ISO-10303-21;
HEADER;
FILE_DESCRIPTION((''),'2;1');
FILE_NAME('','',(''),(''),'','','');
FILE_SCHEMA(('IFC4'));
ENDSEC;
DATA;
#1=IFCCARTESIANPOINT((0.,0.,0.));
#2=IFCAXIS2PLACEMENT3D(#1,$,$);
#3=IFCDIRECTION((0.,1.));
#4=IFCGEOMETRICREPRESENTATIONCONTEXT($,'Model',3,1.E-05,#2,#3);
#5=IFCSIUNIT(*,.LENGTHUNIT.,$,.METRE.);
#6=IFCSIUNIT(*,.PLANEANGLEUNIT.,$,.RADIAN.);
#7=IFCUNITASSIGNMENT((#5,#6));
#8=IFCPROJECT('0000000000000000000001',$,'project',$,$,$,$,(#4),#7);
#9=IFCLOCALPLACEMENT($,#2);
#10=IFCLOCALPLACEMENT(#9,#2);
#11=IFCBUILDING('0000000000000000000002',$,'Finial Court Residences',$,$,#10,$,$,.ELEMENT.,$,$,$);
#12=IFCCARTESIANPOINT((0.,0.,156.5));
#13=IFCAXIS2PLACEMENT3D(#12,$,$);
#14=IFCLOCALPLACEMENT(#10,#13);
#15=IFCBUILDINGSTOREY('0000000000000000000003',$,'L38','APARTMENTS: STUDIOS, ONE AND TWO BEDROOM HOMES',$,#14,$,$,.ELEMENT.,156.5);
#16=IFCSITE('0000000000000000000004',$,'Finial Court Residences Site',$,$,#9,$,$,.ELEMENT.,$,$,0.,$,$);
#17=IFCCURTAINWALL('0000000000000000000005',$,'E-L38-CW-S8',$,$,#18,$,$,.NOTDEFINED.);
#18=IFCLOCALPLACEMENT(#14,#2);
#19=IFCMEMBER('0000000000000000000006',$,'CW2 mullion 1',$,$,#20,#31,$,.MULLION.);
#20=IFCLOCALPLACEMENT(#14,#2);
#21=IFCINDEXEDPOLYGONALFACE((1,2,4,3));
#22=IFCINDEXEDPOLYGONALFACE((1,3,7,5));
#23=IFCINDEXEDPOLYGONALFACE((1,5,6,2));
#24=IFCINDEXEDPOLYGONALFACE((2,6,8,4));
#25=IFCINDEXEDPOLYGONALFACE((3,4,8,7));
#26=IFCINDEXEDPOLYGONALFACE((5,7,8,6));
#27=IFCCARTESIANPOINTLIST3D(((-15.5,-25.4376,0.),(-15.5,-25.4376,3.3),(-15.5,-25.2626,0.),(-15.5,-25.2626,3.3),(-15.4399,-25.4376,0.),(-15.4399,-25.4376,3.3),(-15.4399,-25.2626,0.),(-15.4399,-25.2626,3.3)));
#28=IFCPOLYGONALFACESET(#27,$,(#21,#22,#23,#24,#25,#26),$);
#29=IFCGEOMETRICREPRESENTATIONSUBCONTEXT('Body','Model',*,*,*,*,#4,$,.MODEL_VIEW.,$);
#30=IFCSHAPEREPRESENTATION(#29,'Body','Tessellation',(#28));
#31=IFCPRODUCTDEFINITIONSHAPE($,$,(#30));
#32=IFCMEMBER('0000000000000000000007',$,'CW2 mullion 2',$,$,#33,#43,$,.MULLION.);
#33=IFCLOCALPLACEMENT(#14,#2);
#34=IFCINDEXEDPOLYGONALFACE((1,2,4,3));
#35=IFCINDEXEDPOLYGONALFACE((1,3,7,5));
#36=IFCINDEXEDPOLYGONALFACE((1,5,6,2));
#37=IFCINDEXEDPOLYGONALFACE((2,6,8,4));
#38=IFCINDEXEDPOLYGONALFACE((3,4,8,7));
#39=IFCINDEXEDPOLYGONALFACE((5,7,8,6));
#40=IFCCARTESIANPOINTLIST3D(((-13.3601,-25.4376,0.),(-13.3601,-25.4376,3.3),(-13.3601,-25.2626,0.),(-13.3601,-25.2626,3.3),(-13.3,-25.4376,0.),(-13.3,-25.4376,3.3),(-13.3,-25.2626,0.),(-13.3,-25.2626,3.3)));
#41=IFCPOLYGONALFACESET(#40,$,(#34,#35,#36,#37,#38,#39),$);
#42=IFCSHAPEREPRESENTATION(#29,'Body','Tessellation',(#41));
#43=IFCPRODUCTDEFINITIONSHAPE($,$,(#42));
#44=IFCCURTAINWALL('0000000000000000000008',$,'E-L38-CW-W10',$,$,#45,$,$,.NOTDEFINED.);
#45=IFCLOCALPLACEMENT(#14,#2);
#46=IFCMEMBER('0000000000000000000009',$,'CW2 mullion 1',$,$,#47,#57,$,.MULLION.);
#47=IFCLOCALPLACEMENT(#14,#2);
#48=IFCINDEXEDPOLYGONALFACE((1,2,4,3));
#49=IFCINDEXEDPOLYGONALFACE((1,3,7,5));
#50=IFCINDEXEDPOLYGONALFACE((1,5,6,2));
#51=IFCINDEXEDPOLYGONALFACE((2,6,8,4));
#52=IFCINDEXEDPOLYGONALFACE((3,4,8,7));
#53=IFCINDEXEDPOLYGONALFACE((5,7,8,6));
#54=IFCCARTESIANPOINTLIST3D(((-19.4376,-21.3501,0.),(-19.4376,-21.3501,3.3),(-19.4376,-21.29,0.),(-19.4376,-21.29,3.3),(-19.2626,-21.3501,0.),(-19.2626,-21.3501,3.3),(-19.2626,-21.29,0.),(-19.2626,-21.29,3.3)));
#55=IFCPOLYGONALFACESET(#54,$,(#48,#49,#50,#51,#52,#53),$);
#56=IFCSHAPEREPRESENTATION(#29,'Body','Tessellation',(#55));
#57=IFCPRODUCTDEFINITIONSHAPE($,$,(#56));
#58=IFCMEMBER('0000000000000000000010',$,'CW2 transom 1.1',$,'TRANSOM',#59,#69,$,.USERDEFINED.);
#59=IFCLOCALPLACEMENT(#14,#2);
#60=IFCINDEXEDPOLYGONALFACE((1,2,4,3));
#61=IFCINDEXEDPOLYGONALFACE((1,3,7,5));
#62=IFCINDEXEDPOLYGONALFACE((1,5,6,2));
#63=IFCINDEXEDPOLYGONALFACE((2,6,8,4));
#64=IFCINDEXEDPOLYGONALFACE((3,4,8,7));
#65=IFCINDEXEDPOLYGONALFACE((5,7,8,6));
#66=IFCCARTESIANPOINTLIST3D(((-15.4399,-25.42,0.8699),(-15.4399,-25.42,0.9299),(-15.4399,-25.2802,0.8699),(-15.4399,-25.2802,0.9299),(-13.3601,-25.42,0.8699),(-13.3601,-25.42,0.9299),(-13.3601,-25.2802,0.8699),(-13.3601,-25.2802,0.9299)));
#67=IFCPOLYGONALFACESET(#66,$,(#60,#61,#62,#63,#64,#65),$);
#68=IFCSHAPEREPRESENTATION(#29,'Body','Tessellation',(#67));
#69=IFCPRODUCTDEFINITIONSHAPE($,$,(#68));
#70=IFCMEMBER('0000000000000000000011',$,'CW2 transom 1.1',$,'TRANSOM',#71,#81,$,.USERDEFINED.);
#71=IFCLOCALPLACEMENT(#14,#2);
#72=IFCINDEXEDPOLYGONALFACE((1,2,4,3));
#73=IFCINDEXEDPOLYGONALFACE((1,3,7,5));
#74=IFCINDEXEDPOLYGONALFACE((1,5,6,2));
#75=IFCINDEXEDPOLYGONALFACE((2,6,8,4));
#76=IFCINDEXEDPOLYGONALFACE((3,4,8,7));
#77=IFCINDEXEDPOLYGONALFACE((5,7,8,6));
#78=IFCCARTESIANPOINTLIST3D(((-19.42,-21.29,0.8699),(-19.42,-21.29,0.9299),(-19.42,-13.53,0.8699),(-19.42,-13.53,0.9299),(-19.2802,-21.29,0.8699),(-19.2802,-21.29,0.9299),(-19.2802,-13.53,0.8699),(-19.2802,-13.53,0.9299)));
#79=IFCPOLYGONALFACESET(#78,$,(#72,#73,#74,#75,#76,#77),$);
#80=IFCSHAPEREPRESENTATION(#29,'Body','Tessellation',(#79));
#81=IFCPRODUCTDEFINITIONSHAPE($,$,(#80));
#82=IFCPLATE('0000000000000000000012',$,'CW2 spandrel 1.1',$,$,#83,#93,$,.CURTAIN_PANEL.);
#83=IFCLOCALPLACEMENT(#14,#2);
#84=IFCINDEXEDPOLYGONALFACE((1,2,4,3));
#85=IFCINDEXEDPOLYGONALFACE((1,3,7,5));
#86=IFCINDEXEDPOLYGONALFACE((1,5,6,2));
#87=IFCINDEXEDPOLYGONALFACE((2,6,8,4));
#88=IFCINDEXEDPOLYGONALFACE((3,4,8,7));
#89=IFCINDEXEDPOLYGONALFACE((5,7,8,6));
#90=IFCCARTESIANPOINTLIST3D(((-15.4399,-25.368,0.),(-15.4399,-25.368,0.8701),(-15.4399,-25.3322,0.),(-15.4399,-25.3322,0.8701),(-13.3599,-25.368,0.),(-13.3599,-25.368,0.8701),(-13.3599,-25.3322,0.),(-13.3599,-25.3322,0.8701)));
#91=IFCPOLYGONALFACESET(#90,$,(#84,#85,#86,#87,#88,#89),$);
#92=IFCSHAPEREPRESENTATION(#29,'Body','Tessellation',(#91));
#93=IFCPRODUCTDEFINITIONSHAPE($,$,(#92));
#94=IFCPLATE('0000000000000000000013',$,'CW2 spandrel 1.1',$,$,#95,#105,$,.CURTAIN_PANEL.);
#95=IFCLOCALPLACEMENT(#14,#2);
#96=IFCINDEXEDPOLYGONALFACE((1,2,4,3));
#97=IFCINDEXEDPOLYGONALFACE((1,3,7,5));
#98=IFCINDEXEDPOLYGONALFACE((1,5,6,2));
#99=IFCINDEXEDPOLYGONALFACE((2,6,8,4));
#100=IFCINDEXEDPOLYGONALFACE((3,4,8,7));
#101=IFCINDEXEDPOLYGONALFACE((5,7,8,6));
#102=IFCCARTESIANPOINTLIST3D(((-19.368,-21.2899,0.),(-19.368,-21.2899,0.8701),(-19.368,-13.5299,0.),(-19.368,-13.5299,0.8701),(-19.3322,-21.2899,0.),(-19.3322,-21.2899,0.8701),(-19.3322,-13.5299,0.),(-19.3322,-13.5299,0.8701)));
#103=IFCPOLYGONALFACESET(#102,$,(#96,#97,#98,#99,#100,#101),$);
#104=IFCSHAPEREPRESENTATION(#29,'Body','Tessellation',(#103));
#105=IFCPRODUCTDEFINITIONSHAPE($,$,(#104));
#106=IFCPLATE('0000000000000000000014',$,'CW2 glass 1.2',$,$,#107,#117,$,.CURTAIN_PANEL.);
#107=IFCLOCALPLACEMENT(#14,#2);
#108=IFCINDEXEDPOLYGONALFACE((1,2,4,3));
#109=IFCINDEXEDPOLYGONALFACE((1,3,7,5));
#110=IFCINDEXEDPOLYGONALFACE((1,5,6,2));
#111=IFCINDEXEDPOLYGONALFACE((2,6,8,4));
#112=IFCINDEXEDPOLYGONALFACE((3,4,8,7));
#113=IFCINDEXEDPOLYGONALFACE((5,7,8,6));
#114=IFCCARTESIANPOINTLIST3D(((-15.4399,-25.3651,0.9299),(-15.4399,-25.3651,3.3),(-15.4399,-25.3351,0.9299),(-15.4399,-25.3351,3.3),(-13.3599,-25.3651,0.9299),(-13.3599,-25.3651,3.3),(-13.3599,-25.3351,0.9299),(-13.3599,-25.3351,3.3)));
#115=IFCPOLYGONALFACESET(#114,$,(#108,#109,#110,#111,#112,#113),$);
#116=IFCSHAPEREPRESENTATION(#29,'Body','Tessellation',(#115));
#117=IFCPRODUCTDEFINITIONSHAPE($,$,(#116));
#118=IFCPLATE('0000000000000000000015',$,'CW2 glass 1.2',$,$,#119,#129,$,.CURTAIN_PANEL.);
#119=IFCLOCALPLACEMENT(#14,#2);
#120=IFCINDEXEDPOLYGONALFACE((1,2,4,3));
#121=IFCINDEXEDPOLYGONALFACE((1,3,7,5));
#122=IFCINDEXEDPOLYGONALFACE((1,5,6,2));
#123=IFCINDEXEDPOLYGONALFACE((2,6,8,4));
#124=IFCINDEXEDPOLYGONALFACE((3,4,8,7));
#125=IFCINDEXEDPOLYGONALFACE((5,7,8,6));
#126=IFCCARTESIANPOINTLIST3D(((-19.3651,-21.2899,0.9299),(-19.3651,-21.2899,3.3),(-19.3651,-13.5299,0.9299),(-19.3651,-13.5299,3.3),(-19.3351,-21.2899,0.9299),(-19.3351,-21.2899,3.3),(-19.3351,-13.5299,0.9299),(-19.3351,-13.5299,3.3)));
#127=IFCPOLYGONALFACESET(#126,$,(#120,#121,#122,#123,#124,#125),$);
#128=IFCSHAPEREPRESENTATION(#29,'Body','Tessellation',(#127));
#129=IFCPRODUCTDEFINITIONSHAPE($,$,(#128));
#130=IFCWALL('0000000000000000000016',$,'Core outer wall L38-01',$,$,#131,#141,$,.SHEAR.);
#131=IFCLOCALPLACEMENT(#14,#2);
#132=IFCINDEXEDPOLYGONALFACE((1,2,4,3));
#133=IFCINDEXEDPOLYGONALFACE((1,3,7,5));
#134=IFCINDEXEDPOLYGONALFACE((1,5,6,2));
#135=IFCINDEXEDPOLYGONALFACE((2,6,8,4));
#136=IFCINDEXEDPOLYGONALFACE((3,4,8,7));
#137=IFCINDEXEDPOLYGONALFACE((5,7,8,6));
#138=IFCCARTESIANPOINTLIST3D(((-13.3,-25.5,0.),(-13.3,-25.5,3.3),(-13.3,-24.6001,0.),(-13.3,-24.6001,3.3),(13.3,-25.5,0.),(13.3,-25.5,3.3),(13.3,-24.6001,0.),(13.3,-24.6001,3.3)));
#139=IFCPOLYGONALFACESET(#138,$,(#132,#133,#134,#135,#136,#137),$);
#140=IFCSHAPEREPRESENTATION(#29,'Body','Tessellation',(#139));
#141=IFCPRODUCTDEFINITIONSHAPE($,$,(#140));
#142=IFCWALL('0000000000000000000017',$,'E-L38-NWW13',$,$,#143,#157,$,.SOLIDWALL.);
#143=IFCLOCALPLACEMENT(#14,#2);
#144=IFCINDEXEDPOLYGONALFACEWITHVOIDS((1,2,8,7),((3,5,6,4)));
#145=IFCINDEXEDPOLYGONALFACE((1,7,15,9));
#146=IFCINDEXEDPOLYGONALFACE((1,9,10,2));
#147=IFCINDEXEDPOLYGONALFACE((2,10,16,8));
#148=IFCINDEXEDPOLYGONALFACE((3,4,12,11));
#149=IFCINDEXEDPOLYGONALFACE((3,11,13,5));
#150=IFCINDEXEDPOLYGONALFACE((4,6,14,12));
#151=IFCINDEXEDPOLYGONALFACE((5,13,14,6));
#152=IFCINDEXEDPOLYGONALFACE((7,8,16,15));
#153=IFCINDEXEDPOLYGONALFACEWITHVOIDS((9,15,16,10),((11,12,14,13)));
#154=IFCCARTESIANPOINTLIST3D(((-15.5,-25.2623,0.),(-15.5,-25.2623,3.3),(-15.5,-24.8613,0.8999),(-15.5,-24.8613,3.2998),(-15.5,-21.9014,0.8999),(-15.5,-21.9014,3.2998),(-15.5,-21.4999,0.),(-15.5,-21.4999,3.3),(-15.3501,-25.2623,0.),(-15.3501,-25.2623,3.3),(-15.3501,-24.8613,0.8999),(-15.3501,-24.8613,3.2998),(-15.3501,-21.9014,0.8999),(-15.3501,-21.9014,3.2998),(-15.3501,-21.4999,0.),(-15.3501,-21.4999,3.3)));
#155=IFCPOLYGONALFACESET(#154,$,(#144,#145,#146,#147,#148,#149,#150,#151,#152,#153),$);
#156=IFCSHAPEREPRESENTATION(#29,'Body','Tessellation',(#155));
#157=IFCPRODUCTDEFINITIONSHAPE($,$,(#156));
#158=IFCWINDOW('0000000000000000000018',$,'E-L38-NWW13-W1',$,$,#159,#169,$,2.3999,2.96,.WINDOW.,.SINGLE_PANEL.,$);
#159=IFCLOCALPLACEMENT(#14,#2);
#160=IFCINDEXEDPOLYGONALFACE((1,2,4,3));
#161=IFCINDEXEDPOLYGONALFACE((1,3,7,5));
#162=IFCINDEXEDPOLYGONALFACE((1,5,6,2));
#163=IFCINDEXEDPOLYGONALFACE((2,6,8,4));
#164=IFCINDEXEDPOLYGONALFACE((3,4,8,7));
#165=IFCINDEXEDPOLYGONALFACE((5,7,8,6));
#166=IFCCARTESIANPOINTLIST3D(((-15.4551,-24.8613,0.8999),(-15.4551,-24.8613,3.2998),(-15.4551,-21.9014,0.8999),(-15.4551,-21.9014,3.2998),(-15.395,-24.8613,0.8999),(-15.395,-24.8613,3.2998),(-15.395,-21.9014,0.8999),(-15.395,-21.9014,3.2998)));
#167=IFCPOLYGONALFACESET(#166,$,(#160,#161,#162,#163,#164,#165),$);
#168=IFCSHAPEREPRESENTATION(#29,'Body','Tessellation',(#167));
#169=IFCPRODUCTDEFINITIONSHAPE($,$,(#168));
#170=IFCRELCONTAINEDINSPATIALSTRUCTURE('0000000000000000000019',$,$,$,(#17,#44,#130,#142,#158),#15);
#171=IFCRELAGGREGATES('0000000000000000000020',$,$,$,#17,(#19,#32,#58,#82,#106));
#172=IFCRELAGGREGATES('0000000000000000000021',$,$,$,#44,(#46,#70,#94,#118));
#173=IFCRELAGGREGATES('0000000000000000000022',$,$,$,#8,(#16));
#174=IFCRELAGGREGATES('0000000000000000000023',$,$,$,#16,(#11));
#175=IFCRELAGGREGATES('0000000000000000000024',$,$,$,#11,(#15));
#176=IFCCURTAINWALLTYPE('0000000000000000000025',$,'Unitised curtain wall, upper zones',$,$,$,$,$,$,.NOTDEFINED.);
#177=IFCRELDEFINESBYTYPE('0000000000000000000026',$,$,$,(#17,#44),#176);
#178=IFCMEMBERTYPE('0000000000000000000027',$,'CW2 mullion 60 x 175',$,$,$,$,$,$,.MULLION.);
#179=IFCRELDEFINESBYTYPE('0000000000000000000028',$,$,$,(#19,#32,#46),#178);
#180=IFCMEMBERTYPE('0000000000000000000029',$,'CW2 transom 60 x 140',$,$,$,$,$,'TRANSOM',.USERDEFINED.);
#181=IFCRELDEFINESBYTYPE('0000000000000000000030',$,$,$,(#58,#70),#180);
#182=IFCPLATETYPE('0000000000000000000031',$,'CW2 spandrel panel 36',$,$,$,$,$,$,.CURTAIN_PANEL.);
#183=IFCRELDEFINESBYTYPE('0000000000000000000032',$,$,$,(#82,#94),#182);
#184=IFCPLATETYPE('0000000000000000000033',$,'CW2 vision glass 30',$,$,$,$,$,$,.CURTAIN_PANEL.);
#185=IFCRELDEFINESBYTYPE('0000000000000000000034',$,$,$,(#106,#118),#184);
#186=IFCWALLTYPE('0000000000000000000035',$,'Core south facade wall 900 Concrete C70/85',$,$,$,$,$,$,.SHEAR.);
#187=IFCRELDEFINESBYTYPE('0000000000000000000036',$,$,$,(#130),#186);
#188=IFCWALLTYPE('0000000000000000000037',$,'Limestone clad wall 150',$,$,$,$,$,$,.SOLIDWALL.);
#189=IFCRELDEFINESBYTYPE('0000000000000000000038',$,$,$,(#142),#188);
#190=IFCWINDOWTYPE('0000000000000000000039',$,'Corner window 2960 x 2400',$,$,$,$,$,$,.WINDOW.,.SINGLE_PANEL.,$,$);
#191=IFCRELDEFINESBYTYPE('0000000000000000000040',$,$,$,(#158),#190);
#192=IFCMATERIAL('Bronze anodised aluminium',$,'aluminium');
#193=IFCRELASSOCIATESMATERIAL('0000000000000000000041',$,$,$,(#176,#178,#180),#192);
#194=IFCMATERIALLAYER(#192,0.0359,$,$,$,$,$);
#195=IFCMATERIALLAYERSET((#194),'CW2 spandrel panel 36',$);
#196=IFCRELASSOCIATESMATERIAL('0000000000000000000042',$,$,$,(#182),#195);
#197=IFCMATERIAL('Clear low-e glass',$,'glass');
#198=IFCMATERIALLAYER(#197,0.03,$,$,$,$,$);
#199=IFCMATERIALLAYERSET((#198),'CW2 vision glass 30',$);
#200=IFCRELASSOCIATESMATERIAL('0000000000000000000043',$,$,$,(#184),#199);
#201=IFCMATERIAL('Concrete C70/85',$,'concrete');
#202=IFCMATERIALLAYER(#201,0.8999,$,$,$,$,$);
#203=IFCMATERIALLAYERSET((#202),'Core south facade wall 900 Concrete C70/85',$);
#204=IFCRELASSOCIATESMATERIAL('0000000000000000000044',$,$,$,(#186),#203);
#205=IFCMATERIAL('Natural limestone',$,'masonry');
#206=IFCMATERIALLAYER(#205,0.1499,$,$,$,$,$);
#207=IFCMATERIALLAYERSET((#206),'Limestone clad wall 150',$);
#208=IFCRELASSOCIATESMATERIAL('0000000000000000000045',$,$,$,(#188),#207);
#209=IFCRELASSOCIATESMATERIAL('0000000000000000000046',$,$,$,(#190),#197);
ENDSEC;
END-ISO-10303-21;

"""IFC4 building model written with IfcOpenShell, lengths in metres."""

from ifc_helpers import new_model, si_unit, direction, frame, frame_2d, origin, origin_2d, place, context, subcontext, project, spatial, rectangle, extrude, material, layer, layer_set, material_profile, profile_set, type_object, element, fill, aggregate, save


model = new_model("IFC4")

# Units and contexts
model_context = context("Model", 3, precision=1e-05, world=origin(), true_north=direction((0.0, 1.0)))
body_context = subcontext(model_context, "Body", "Model", "MODEL_VIEW")
ifc_project = project(units=[si_unit("LENGTHUNIT", "METRE"), si_unit("PLANEANGLEUNIT", "RADIAN")], contexts=[model_context])

# Site, building, storey
site_placement = place(None, origin())
site = spatial("IfcSite", under=ifc_project, at=site_placement, Name="Finial Court Residences Site", CompositionType="ELEMENT", RefElevation=0.0)
building_placement = place(site_placement, origin())
building = spatial("IfcBuilding", under=site, at=building_placement, Name="Finial Court Residences", CompositionType="ELEMENT")
storey_placement = place(building_placement, frame((0.0, 0.0, 156.5)))
storey = spatial("IfcBuildingStorey", under=building, at=storey_placement, Name="L38", Description="APARTMENTS: STUDIOS, ONE AND TWO BEDROOM HOMES", CompositionType="ELEMENT", Elevation=156.5)

# Curtain wall, members
ifc_material_1 = material(Name="Bronze anodised aluminium", Category="aluminium")
curtain_wall_type = type_object("IfcCurtainWallType", Name="Unitised curtain wall, upper zones", PredefinedType="NOTDEFINED", material=ifc_material_1)
curtain_wall_1_placement = place(storey_placement, origin())
curtain_wall_1 = element("IfcCurtainWall", 1, at=curtain_wall_1_placement, inside=storey, type_object=curtain_wall_type, Name="E-L38-CW-S8", PredefinedType="NOTDEFINED")
ifc_material_profile_1 = material_profile(ifc_material_1, rectangle(XDim=0.175, YDim=0.0601, at=origin_2d()), Name="CW2 mullion 60 x 175")
ifc_profile_set_1 = profile_set([ifc_material_profile_1], Name="Bronze anodised aluminium")
member_type_1 = type_object("IfcMemberType", Name="CW2 mullion 60 x 175", PredefinedType="MULLION", material=ifc_profile_set_1)
member_1_placement = place(storey_placement, frame((-15.47, -25.3501, 0.0), z_axis=(0.0, 0.0, 1.0), x_axis=(0.0, 1.0, 0.0)))
member_1 = element("IfcMember", 2, at=member_1_placement, type_object=member_type_1, Name="CW2 mullion 1", PredefinedType="MULLION", context=body_context, shape_type="SweptSolid", body=[
    extrude(rectangle(XDim=0.175, YDim=0.0601, at=origin_2d()), origin(), (0.0, 0.0, 1.0), 3.3),
])
member_2_placement = place(storey_placement, frame((-13.3301, -25.3501, 0.0), z_axis=(0.0, 0.0, 1.0), x_axis=(0.0, 1.0, 0.0)))
member_2 = element("IfcMember", 3, at=member_2_placement, type_object=member_type_1, Name="CW2 mullion 2", PredefinedType="MULLION", context=body_context, shape_type="SweptSolid", body=[
    extrude(rectangle(XDim=0.175, YDim=0.0601, at=origin_2d()), origin(), (0.0, 0.0, 1.0), 3.3),
])

# Curtain wall, member
curtain_wall_2_placement = place(storey_placement, origin())
curtain_wall_2 = element("IfcCurtainWall", 4, at=curtain_wall_2_placement, inside=storey, type_object=curtain_wall_type, Name="E-L38-CW-W10", PredefinedType="NOTDEFINED")
member_3_placement = place(storey_placement, frame((-19.3501, -21.3201, 0.0), z_axis=(0.0, 0.0, 1.0), x_axis=(-1.0, 0.0, 0.0)))
member_3 = element("IfcMember", 5, at=member_3_placement, type_object=member_type_1, Name="CW2 mullion 1", PredefinedType="MULLION", context=body_context, shape_type="SweptSolid", body=[
    extrude(rectangle(XDim=0.175, YDim=0.0601, at=origin_2d()), origin(), (0.0, 0.0, 1.0), 3.3),
])

# Members
ifc_material_profile_2 = material_profile(ifc_material_1, rectangle(XDim=0.1399, YDim=0.0601, at=origin_2d()), Name="CW2 transom 60 x 140")
ifc_profile_set_2 = profile_set([ifc_material_profile_2], Name="Bronze anodised aluminium")
member_type_2 = type_object("IfcMemberType", Name="CW2 transom 60 x 140", ElementType="TRANSOM", PredefinedType="USERDEFINED", material=ifc_profile_set_2)
member_4_placement = place(storey_placement, frame((-15.4399, -25.3501, 0.8999), z_axis=(1.0, 0.0, 0.0), x_axis=(0.0, 1.0, 0.0)))
member_4 = element("IfcMember", 6, at=member_4_placement, type_object=member_type_2, Name="CW2 transom 1.1", ObjectType="TRANSOM", PredefinedType="USERDEFINED", context=body_context, shape_type="SweptSolid", body=[
    extrude(rectangle(XDim=0.1399, YDim=0.0601, at=origin_2d()), origin(), (0.0, 0.0, 1.0), 2.0798),
])
member_5_placement = place(storey_placement, frame((-19.3501, -21.29, 0.8999), z_axis=(0.0, 1.0, 0.0), x_axis=(-1.0, 0.0, 0.0)))
member_5 = element("IfcMember", 7, at=member_5_placement, type_object=member_type_2, Name="CW2 transom 1.1", ObjectType="TRANSOM", PredefinedType="USERDEFINED", context=body_context, shape_type="SweptSolid", body=[
    extrude(rectangle(XDim=0.1399, YDim=0.0601, at=origin_2d()), origin(), (0.0, 0.0, 1.0), 7.76),
])

# Plates
ifc_layer_1 = layer(ifc_material_1, 0.0359)
ifc_layer_set_1 = layer_set([ifc_layer_1], Name="CW2 spandrel panel 36")
plate_type_1 = type_object("IfcPlateType", Name="CW2 spandrel panel 36", PredefinedType="CURTAIN_PANEL", material=ifc_layer_set_1)
plate_1_placement = place(storey_placement, frame((-14.3999, -25.3501, 0.0), z_axis=(0.0, 0.0, 1.0), x_axis=(1.0, 0.0, 0.0)))
plate_1 = element("IfcPlate", 8, at=plate_1_placement, type_object=plate_type_1, Name="CW2 spandrel 1.1", PredefinedType="CURTAIN_PANEL", context=body_context, shape_type="SweptSolid", body=[
    extrude(rectangle(XDim=2.0801, YDim=0.0359, at=origin_2d()), origin(), (0.0, 0.0, 1.0), 0.8701),
])
plate_2_placement = place(storey_placement, frame((-19.3501, -17.4099, 0.0), z_axis=(0.0, 0.0, 1.0), x_axis=(0.0, 1.0, 0.0)))
plate_2 = element("IfcPlate", 9, at=plate_2_placement, type_object=plate_type_1, Name="CW2 spandrel 1.1", PredefinedType="CURTAIN_PANEL", context=body_context, shape_type="SweptSolid", body=[
    extrude(rectangle(XDim=7.76, YDim=0.0359, at=origin_2d()), origin(), (0.0, 0.0, 1.0), 0.8701),
])
ifc_material_2 = material(Name="Clear low-e glass", Category="glass")
ifc_layer_2 = layer(ifc_material_2, 0.03)
ifc_layer_set_2 = layer_set([ifc_layer_2], Name="CW2 vision glass 30")
plate_type_2 = type_object("IfcPlateType", Name="CW2 vision glass 30", PredefinedType="CURTAIN_PANEL", material=ifc_layer_set_2)
plate_3_placement = place(storey_placement, frame((-14.3999, -25.3501, 0.9299), z_axis=(0.0, 0.0, 1.0), x_axis=(1.0, 0.0, 0.0)))
plate_3 = element("IfcPlate", 10, at=plate_3_placement, type_object=plate_type_2, Name="CW2 glass 1.2", PredefinedType="CURTAIN_PANEL", context=body_context, shape_type="SweptSolid", body=[
    extrude(rectangle(XDim=2.0801, YDim=0.03, at=origin_2d()), origin(), (0.0, 0.0, 1.0), 2.3701),
])
aggregate(curtain_wall_1, [member_1, member_2, member_4, plate_1, plate_3])
plate_4_placement = place(storey_placement, frame((-19.3501, -17.4099, 0.9299), z_axis=(0.0, 0.0, 1.0), x_axis=(0.0, 1.0, 0.0)))
plate_4 = element("IfcPlate", 11, at=plate_4_placement, type_object=plate_type_2, Name="CW2 glass 1.2", PredefinedType="CURTAIN_PANEL", context=body_context, shape_type="SweptSolid", body=[
    extrude(rectangle(XDim=7.76, YDim=0.03, at=origin_2d()), origin(), (0.0, 0.0, 1.0), 2.3701),
])
aggregate(curtain_wall_2, [member_3, member_5, plate_2, plate_4])

# Wall
ifc_material_3 = material(Name="Concrete C70/85", Category="concrete")
ifc_layer_3 = layer(ifc_material_3, 0.8999)
ifc_layer_set_3 = layer_set([ifc_layer_3], Name="Core south facade wall 900 Concrete C70/85")
wall_type_1 = type_object("IfcWallType", Name="Core south facade wall 900 Concrete C70/85", PredefinedType="SHEAR", material=ifc_layer_set_3)
wall_1_placement = place(storey_placement, frame((-13.3, -25.05, 0.0), z_axis=(0.0, 0.0, 1.0), x_axis=(1.0, 0.0, 0.0)))
element("IfcWall", 12, at=wall_1_placement, inside=storey, type_object=wall_type_1, Name="Core outer wall L38-01", PredefinedType="SHEAR", context=body_context, shape_type="SweptSolid", body=[
    extrude(rectangle(XDim=26.6001, YDim=0.8999, at=frame_2d((13.3, 0.0))), origin(), (0.0, 0.0, 1.0), 3.3),
])

# Wall, opening, window
ifc_material_4 = material(Name="Natural limestone", Category="masonry")
ifc_layer_4 = layer(ifc_material_4, 0.1499)
ifc_layer_set_4 = layer_set([ifc_layer_4], Name="Limestone clad wall 150")
wall_type_2 = type_object("IfcWallType", Name="Limestone clad wall 150", PredefinedType="SOLIDWALL", material=ifc_layer_set_4)
wall_2_placement = place(storey_placement, frame((-15.425, -25.2625, 0.0), z_axis=(0.0, 0.0, 1.0), x_axis=(0.0, 1.0, 0.0)))
wall_2 = element("IfcWall", 13, at=wall_2_placement, inside=storey, type_object=wall_type_2, Name="E-L38-NWW13", PredefinedType="SOLIDWALL", context=body_context, shape_type="SweptSolid", body=[
    extrude(rectangle(XDim=3.7625, YDim=0.1499, at=frame_2d((1.8813, 0.0))), origin(), (0.0, 0.0, 1.0), 3.3),
])
opening_1_placement = place(wall_2_placement, frame((0.4011, 0.0, 0.8999)))
opening_1 = element("IfcOpeningElement", 14, at=opening_1_placement, cuts=wall_2, PredefinedType="OPENING", context=body_context, shape_type="SweptSolid", body=[
    extrude(rectangle(XDim=2.96, YDim=2.3999, at=frame_2d((1.48, 1.2))), frame((0.0, 0.085, 0.0), z_axis=(0.0, -1.0, 0.0), x_axis=(1.0, 0.0, 0.0)), (0.0, 0.0, 1.0), 0.1699),
])
window_type_1 = type_object("IfcWindowType", Name="Corner window 2960 x 2400", PartitioningType="SINGLE_PANEL", PredefinedType="WINDOW", material=ifc_material_2)
window_1_placement = place(opening_1_placement, origin())
window_1 = element("IfcWindow", 15, at=window_1_placement, inside=storey, type_object=window_type_1, Name="E-L38-NWW13-W1", OverallHeight=2.3999, OverallWidth=2.96, PartitioningType="SINGLE_PANEL", PredefinedType="WINDOW", context=body_context, shape_type="SweptSolid", body=[
    extrude(rectangle(XDim=2.96, YDim=2.3999, at=frame_2d((1.48, 1.2))), frame((0.0, 0.03, 0.0), z_axis=(0.0, -1.0, 0.0), x_axis=(1.0, 0.0, 0.0)), (0.0, 0.0, 1.0), 0.0601),
])
fill(opening_1, window_1)

save(model, "model.ifc")
